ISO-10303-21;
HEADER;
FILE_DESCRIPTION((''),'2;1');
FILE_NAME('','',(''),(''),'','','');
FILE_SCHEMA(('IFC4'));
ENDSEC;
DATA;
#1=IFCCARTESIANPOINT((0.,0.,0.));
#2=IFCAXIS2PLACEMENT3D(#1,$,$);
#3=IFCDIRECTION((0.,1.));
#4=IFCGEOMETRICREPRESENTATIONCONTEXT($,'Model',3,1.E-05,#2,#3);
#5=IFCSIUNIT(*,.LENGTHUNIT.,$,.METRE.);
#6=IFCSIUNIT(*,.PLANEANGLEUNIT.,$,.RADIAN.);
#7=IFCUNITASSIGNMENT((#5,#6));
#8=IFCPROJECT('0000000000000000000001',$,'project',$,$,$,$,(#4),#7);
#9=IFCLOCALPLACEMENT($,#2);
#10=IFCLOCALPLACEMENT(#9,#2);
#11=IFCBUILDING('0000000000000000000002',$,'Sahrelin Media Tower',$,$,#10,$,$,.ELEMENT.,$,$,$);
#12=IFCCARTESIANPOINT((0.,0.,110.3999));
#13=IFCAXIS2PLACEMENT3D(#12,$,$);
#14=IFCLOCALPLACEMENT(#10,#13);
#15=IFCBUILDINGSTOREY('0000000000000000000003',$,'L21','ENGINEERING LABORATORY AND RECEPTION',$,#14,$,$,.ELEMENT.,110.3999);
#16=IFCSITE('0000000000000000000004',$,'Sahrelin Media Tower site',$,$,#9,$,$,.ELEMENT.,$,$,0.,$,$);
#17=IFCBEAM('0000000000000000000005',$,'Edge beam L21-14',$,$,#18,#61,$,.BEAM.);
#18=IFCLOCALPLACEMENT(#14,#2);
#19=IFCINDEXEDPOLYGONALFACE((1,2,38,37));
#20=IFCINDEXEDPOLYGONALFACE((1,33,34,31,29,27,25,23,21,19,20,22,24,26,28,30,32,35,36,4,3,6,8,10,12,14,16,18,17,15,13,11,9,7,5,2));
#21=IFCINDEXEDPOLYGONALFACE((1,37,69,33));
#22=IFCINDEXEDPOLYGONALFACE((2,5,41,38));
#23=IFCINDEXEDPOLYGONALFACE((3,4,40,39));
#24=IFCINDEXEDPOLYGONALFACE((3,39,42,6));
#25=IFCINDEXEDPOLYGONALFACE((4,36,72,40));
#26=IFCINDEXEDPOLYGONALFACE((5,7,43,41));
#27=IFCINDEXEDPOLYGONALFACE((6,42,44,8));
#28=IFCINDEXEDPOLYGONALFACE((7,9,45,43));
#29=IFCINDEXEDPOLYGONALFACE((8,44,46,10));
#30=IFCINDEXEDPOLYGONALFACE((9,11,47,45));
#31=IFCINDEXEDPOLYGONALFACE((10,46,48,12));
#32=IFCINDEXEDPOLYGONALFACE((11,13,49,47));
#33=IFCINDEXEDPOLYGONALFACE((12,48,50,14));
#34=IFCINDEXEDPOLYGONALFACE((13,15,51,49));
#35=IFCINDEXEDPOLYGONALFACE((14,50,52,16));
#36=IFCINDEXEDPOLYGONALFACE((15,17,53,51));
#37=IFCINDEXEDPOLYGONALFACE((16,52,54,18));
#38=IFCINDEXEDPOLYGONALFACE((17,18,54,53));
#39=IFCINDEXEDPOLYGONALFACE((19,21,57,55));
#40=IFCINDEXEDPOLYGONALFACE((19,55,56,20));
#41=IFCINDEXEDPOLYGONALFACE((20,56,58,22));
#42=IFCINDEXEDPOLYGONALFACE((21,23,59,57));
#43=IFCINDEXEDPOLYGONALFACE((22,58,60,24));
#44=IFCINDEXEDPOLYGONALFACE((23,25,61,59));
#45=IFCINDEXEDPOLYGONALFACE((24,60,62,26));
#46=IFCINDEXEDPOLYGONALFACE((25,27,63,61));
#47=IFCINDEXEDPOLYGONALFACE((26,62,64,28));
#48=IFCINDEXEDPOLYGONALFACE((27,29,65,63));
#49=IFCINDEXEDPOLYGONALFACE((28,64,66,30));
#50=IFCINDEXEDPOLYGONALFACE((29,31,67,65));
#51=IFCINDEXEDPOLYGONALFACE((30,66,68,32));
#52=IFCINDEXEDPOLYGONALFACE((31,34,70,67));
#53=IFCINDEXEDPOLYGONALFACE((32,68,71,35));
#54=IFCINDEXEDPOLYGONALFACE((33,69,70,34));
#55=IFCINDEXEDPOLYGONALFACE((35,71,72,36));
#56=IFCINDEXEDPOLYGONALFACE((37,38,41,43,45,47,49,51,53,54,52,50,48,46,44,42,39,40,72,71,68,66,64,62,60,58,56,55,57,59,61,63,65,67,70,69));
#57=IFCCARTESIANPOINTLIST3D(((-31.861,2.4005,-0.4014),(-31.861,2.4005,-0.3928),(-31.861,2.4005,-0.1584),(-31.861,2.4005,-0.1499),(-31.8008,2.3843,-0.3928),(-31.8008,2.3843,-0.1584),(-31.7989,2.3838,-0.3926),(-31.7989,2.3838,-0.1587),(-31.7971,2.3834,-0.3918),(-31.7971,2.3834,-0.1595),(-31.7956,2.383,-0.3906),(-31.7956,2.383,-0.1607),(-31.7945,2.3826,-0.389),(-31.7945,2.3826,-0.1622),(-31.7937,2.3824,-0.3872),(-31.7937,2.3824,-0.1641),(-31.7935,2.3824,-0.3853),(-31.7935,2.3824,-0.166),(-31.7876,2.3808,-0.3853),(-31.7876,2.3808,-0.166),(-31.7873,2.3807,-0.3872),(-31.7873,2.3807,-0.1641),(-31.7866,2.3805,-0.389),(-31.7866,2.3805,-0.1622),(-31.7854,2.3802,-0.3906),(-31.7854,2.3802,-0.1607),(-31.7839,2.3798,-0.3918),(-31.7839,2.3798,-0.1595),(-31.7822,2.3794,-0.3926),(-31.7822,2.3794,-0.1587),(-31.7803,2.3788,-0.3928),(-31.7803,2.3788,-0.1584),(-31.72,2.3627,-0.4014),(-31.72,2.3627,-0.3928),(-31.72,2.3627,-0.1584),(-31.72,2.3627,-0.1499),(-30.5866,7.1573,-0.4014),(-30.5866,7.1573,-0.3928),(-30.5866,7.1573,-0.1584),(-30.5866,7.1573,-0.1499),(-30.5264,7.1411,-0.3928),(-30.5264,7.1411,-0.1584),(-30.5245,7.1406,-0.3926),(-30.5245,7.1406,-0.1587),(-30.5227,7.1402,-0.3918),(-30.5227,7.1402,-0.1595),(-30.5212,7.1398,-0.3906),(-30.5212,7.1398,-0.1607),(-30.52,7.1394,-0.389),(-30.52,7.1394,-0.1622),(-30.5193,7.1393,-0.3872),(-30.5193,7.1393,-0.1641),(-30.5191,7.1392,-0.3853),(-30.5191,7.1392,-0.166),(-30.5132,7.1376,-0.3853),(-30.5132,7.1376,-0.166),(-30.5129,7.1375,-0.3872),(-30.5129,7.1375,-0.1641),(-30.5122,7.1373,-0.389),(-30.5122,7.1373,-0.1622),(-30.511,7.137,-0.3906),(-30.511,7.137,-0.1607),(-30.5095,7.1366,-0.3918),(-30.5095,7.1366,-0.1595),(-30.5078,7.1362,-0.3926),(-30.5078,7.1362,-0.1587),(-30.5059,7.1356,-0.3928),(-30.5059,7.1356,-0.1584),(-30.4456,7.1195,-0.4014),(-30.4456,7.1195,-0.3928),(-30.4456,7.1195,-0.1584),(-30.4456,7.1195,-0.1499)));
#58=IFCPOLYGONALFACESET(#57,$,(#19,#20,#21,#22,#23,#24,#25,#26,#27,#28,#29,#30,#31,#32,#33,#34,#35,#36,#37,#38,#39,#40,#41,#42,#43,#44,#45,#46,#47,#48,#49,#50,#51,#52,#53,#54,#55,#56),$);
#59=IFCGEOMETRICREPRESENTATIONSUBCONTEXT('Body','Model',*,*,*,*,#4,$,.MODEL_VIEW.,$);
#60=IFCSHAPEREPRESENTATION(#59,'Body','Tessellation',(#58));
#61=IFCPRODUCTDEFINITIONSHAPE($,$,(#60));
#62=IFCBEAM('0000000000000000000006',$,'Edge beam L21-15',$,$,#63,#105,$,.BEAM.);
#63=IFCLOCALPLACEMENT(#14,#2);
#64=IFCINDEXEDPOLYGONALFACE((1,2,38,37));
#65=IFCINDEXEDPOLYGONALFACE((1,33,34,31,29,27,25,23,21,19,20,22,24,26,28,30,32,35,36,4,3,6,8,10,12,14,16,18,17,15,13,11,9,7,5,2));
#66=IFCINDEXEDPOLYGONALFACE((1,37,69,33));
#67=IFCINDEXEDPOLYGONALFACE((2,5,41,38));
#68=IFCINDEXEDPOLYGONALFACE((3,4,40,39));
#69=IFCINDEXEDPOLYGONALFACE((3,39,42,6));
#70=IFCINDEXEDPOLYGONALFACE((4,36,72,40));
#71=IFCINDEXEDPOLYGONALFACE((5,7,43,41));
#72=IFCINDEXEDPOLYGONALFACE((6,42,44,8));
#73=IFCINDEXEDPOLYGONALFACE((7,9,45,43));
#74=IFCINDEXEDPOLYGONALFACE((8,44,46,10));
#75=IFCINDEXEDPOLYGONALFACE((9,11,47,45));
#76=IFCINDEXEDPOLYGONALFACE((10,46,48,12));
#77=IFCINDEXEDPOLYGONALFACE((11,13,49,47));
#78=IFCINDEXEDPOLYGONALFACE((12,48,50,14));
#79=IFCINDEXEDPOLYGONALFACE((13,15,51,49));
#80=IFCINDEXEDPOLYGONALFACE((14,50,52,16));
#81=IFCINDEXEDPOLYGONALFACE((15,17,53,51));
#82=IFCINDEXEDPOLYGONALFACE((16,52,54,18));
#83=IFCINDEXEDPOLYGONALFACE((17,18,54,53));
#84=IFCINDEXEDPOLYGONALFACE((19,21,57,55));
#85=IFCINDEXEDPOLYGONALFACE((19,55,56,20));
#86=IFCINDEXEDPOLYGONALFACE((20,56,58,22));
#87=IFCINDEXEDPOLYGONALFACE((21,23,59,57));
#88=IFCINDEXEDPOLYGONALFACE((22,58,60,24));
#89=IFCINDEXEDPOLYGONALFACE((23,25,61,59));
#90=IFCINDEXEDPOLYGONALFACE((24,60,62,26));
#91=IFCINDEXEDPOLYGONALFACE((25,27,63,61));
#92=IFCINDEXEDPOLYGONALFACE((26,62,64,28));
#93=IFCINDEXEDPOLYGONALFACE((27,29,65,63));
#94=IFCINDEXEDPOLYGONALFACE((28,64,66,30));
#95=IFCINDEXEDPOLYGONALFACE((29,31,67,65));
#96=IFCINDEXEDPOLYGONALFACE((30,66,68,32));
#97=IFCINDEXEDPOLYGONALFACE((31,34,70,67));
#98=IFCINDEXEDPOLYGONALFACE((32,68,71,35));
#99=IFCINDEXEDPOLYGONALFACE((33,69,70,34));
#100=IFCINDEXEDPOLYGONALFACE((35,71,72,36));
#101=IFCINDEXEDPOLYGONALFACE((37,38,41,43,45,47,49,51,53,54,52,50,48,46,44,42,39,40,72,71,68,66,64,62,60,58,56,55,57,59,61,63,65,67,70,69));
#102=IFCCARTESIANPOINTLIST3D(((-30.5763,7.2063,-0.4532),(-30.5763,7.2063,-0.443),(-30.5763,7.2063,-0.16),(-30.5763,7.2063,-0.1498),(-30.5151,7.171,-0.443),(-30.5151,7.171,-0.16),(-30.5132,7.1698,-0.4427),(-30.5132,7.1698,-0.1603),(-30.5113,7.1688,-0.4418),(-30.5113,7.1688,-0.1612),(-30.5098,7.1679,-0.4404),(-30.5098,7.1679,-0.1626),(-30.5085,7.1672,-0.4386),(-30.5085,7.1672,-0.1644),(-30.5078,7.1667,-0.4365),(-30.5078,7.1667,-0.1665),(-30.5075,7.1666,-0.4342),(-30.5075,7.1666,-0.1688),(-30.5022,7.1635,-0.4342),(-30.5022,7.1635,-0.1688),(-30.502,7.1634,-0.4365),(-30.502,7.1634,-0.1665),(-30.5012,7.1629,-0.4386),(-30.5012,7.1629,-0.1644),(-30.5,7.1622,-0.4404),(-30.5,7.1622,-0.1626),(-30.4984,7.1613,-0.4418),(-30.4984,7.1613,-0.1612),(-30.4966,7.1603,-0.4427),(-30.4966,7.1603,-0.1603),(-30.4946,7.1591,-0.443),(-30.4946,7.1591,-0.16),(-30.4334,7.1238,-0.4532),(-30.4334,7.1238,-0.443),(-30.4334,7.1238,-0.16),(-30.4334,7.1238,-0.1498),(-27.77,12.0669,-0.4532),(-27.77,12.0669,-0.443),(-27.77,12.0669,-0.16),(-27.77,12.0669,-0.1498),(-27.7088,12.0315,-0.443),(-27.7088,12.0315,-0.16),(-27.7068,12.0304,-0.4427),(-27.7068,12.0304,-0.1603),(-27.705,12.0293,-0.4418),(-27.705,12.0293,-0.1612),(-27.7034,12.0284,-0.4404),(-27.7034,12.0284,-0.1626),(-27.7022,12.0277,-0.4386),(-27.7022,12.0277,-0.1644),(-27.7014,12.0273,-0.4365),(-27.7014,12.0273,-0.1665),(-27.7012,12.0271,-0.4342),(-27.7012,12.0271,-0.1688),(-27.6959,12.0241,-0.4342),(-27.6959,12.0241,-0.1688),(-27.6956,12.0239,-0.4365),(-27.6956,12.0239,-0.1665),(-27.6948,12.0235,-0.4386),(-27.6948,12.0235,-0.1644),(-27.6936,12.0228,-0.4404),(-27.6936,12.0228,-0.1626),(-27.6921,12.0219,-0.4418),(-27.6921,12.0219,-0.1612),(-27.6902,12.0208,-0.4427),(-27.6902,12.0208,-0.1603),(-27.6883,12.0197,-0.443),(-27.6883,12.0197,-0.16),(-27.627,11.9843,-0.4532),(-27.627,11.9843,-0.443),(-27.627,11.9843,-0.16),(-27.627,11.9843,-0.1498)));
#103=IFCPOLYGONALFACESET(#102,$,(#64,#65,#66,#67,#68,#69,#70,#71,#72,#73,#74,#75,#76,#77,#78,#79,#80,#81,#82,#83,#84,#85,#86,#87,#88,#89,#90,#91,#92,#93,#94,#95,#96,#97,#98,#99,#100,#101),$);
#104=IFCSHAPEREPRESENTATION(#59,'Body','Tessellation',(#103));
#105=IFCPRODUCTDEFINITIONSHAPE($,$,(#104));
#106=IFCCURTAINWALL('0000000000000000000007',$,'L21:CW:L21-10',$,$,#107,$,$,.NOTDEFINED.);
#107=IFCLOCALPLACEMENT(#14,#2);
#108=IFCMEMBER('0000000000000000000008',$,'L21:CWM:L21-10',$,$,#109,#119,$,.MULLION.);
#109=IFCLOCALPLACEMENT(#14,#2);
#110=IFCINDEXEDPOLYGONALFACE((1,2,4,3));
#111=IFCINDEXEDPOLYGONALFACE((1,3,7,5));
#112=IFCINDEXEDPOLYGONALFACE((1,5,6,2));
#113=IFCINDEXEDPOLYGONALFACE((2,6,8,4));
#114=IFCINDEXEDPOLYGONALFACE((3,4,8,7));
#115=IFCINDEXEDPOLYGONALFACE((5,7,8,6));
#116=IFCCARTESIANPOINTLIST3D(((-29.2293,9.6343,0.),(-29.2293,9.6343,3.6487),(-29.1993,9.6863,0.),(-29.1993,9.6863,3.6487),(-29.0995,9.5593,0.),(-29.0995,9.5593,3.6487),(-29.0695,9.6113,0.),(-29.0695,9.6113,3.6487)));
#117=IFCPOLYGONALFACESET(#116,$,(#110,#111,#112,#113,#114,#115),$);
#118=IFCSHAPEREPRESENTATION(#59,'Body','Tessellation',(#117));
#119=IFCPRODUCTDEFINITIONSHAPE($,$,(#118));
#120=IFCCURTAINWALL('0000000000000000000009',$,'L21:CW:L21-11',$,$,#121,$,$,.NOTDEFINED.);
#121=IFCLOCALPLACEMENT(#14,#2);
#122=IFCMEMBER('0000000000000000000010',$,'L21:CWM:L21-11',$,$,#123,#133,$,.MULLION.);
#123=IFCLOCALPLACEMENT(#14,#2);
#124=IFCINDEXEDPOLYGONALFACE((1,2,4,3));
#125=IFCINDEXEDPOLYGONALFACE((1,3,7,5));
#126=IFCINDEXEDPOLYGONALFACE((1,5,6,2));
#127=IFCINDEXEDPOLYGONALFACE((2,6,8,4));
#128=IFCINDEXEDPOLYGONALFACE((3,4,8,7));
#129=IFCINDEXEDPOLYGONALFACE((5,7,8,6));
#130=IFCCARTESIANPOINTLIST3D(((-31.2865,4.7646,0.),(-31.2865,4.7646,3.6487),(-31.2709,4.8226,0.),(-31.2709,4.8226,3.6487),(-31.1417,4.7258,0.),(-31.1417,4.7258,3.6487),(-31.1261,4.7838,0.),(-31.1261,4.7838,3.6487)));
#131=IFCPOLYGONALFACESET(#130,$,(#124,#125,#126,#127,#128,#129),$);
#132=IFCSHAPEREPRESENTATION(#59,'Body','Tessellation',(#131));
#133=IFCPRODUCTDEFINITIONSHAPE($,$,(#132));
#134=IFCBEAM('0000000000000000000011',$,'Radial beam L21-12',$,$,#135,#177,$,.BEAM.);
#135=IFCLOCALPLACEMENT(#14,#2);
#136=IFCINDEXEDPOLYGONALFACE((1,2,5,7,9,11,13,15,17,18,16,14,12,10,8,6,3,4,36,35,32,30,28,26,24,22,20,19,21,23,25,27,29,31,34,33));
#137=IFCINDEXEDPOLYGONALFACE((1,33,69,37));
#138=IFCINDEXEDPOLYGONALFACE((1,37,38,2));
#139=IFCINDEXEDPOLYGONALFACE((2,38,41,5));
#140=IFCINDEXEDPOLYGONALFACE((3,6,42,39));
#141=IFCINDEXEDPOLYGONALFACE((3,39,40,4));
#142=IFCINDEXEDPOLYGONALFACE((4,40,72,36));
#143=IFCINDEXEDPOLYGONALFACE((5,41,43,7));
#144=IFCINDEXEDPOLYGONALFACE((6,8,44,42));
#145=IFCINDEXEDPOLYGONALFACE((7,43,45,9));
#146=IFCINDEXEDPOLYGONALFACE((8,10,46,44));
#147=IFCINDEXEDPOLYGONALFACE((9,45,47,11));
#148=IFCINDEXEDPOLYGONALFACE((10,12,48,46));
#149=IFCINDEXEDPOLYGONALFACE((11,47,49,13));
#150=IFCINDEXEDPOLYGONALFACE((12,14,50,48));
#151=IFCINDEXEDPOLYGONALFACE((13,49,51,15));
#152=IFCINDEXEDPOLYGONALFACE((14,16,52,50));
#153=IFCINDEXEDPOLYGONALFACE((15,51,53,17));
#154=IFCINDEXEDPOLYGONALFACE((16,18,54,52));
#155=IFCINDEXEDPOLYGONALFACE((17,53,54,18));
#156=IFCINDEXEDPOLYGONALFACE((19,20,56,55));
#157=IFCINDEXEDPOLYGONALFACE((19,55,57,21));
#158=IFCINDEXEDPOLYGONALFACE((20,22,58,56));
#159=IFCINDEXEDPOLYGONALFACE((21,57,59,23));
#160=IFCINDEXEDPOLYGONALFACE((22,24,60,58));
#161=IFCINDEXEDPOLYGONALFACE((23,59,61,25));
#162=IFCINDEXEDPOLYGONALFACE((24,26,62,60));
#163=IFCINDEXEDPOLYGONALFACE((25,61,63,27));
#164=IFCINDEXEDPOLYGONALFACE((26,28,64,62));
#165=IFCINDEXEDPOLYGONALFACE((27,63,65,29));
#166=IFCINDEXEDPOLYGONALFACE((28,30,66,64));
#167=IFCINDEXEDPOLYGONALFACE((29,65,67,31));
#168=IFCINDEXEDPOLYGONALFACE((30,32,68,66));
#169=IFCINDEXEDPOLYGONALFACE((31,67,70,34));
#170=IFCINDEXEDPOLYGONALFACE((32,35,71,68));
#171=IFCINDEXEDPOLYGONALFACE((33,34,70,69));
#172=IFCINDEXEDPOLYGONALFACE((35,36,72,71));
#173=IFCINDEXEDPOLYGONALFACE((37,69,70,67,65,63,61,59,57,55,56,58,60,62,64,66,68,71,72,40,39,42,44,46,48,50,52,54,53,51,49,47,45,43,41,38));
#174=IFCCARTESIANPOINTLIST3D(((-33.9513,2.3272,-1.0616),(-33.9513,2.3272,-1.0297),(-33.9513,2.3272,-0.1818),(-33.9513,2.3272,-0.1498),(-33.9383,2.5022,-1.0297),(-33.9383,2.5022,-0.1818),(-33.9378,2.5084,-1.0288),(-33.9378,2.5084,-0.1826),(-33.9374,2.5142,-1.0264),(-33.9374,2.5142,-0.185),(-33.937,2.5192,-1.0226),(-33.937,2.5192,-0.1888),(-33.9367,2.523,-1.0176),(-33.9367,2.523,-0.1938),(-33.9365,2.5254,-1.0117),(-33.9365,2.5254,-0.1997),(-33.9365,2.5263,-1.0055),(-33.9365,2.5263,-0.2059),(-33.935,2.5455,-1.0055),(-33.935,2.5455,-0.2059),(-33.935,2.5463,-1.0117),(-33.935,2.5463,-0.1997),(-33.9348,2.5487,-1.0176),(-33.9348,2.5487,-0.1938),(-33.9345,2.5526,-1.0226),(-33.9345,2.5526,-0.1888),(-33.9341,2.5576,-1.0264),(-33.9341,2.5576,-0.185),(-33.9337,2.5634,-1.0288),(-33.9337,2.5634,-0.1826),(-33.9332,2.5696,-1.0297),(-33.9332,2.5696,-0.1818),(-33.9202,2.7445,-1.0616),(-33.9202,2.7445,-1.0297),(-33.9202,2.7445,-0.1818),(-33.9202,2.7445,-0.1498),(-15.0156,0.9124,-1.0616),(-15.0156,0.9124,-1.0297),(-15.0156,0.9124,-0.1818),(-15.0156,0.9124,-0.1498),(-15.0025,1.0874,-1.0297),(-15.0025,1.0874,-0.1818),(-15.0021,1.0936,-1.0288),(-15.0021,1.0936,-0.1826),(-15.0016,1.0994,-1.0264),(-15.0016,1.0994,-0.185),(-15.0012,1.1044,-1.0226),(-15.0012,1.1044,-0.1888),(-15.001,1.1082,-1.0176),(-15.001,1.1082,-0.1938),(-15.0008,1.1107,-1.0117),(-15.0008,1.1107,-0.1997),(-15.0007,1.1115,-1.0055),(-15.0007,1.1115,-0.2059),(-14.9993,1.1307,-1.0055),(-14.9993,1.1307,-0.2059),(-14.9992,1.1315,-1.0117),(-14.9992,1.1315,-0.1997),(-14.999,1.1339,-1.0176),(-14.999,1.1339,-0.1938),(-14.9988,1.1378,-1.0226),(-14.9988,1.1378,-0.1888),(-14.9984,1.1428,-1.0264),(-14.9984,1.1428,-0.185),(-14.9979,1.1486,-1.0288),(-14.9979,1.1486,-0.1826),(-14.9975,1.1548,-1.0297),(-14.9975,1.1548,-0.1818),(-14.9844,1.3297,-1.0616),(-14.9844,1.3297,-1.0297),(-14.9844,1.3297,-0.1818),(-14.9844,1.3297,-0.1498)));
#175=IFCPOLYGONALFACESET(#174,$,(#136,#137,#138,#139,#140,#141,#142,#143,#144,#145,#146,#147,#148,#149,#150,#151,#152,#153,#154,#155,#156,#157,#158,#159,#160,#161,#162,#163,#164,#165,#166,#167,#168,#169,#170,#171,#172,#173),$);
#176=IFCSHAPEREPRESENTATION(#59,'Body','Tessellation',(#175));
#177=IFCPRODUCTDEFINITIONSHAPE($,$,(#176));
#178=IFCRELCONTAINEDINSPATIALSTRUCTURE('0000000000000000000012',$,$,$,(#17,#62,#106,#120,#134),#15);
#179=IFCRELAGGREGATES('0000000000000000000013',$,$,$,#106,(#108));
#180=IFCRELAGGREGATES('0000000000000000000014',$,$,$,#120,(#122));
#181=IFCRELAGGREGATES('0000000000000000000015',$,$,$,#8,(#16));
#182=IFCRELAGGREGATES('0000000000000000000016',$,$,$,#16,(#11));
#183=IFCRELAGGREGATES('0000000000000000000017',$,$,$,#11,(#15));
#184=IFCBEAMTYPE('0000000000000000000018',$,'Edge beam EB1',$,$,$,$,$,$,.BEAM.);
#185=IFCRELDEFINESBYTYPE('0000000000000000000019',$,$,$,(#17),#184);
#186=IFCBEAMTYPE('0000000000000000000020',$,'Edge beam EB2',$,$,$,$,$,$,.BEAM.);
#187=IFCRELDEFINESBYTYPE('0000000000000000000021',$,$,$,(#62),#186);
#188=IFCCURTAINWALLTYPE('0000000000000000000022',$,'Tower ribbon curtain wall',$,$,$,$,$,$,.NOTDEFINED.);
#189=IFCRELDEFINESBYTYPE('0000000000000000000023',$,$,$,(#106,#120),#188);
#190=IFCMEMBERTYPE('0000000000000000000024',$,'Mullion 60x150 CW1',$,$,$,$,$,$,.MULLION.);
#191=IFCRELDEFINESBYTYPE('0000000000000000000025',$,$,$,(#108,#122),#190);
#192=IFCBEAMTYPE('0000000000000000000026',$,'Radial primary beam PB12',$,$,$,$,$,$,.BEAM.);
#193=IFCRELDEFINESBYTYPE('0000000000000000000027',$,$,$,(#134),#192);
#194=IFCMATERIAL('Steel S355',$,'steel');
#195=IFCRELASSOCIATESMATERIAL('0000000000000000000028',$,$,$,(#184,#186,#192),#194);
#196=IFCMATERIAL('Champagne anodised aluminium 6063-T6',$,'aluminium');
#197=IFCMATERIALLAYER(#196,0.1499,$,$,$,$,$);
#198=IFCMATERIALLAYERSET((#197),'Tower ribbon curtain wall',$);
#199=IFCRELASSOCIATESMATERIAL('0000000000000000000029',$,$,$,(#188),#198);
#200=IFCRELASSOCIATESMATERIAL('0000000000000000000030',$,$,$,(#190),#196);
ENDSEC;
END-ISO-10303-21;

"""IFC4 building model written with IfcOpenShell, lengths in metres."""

from ifc_helpers import new_model, si_unit, direction, frame, origin, origin_2d, place, context, subcontext, project, spatial, rectangle, i_section, extrude, material, layer, layer_set, material_profile, profile_set, type_object, element, aggregate, save


model = new_model("IFC4")

# Units and contexts
model_context = context("Model", 3, precision=1e-05, world=origin(), true_north=direction((0.0, 1.0)))
body_context = subcontext(model_context, "Body", "Model", "MODEL_VIEW")
ifc_project = project(units=[si_unit("LENGTHUNIT", "METRE"), si_unit("PLANEANGLEUNIT", "RADIAN")], contexts=[model_context])

# Site, building, storey
site_placement = place(None, origin())
site = spatial("IfcSite", under=ifc_project, at=site_placement, Name="Sahrelin Media Tower site", CompositionType="ELEMENT", RefElevation=0.0)
building_placement = place(site_placement, origin())
building = spatial("IfcBuilding", under=site, at=building_placement, Name="Sahrelin Media Tower", CompositionType="ELEMENT")
storey_placement = place(building_placement, frame((0.0, 0.0, 110.3999)))
storey = spatial("IfcBuildingStorey", under=building, at=storey_placement, Name="L21", Description="ENGINEERING LABORATORY AND RECEPTION", CompositionType="ELEMENT", Elevation=110.3999)

# Beams
ifc_material_1 = material(Name="Steel S355", Category="steel")
ifc_material_profile_1 = material_profile(ifc_material_1, i_section(OverallWidth=0.146, OverallDepth=0.2515, WebThickness=0.0061, FlangeThickness=0.0085, FilletRadius=0.0076, at=origin_2d()), Name="UB 254x146x31")
ifc_profile_set_1 = profile_set([ifc_material_profile_1], Name="Steel S355")
beam_type_1 = type_object("IfcBeamType", Name="Edge beam EB1", PredefinedType="BEAM", material=ifc_profile_set_1)
beam_1_placement = place(storey_placement, frame((-31.7905, 2.3816, -0.2756), z_axis=(0.258786, 0.965935, 0.0), x_axis=(-0.965935, 0.258786, 0.0)))
element("IfcBeam", 1, at=beam_1_placement, inside=storey, type_object=beam_type_1, Name="Edge beam L21-14", PredefinedType="BEAM", context=body_context, shape_type="SweptSolid", body=[
    extrude(i_section(OverallWidth=0.146, OverallDepth=0.2515, WebThickness=0.0061, FlangeThickness=0.0085, FilletRadius=0.0076, at=origin_2d()), origin(), (0.0, 0.0, 1.0), 4.9246),
])
ifc_material_profile_2 = material_profile(ifc_material_1, i_section(OverallWidth=0.165, OverallDepth=0.3035, WebThickness=0.0061, FlangeThickness=0.0103, FilletRadius=0.0088, at=origin_2d()), Name="UB 305x165x40")
ifc_profile_set_2 = profile_set([ifc_material_profile_2], Name="Steel S355")
beam_type_2 = type_object("IfcBeamType", Name="Edge beam EB2", PredefinedType="BEAM", material=ifc_profile_set_2)
beam_2_placement = place(storey_placement, frame((-30.5049, 7.165, -0.3015), z_axis=(0.500017, 0.866015, 0.0), x_axis=(-0.866015, 0.500017, 0.0)))
element("IfcBeam", 2, at=beam_2_placement, inside=storey, type_object=beam_type_2, Name="Edge beam L21-15", PredefinedType="BEAM", context=body_context, shape_type="SweptSolid", body=[
    extrude(i_section(OverallWidth=0.165, OverallDepth=0.3035, WebThickness=0.0061, FlangeThickness=0.0103, FilletRadius=0.0088, at=origin_2d()), origin(), (0.0, 0.0, 1.0), 5.6125),
])

# Curtain walls, members
ifc_material_2 = material(Name="Champagne anodised aluminium 6063-T6", Category="aluminium")
ifc_layer_1 = layer(ifc_material_2, 0.1499)
ifc_layer_set_1 = layer_set([ifc_layer_1], Name="Tower ribbon curtain wall")
curtain_wall_type = type_object("IfcCurtainWallType", Name="Tower ribbon curtain wall", PredefinedType="NOTDEFINED", material=ifc_layer_set_1)
curtain_wall_1_placement = place(storey_placement, frame((-29.2317, 9.6704, 0.0), z_axis=(0.0, 0.0, 1.0), x_axis=(1.0, 0.0, 0.0)))
curtain_wall_1 = element("IfcCurtainWall", 3, at=curtain_wall_1_placement, inside=storey, type_object=curtain_wall_type, Name="L21:CW:L21-10", PredefinedType="NOTDEFINED")
ifc_material_profile_3 = material_profile(ifc_material_2, rectangle(XDim=0.0601, YDim=0.1499, at=origin_2d()), Name="Mullion 60x150")
ifc_profile_set_3 = profile_set([ifc_material_profile_3], Name="Champagne anodised aluminium 6063-T6")
member_type_1 = type_object("IfcMemberType", Name="Mullion 60x150 CW1", PredefinedType="MULLION", material=ifc_profile_set_3)
member_1_placement = place(storey_placement, frame((-29.1494, 9.6228, 0.0), z_axis=(0.0, 0.0, 1.0), x_axis=(-0.500005, -0.866023, 0.0)))
member_1 = element("IfcMember", 4, at=member_1_placement, type_object=member_type_1, Name="L21:CWM:L21-10", PredefinedType="MULLION", context=body_context, shape_type="SweptSolid", body=[
    extrude(rectangle(XDim=0.0601, YDim=0.1499, at=origin_2d()), origin(), (0.0, 0.0, 1.0), 3.6487),
])
aggregate(curtain_wall_1, [member_1])
curtain_wall_2_placement = place(storey_placement, frame((-31.2981, 4.7986, 0.0), z_axis=(0.0, 0.0, 1.0), x_axis=(1.0, 0.0, 0.0)))
curtain_wall_2 = element("IfcCurtainWall", 5, at=curtain_wall_2_placement, inside=storey, type_object=curtain_wall_type, Name="L21:CW:L21-11", PredefinedType="NOTDEFINED")
member_2_placement = place(storey_placement, frame((-31.2063, 4.7742, 0.0), z_axis=(0.0, 0.0, 1.0), x_axis=(-0.258811, -0.965928, 0.0)))
member_2 = element("IfcMember", 6, at=member_2_placement, type_object=member_type_1, Name="L21:CWM:L21-11", PredefinedType="MULLION", context=body_context, shape_type="SweptSolid", body=[
    extrude(rectangle(XDim=0.0601, YDim=0.1499, at=origin_2d()), origin(), (0.0, 0.0, 1.0), 3.6487),
])

# Beam
ifc_material_profile_4 = material_profile(ifc_material_1, i_section(OverallWidth=0.4185, OverallDepth=0.9119, WebThickness=0.0193, FlangeThickness=0.032, FilletRadius=0.0242, at=origin_2d()), Name="UB 914x419x343")
ifc_profile_set_4 = profile_set([ifc_material_profile_4], Name="Steel S355")
beam_type_3 = type_object("IfcBeamType", Name="Radial primary beam PB12", PredefinedType="BEAM", material=ifc_profile_set_4)
beam_3_placement = place(storey_placement, frame((-15.0, 1.1211, -0.6057), z_axis=(-0.99722, 0.074508, 0.0), x_axis=(-0.074508, -0.99722, 0.0)))
element("IfcBeam", 7, at=beam_3_placement, inside=storey, type_object=beam_type_3, Name="Radial beam L21-12", PredefinedType="BEAM", context=body_context, shape_type="SweptSolid", body=[
    extrude(i_section(OverallWidth=0.4185, OverallDepth=0.9119, WebThickness=0.0193, FlangeThickness=0.032, FilletRadius=0.0242, at=origin_2d()), origin(), (0.0, 0.0, 1.0), 18.9885),
])

aggregate(curtain_wall_2, [member_2])

save(model, "model.ifc")
